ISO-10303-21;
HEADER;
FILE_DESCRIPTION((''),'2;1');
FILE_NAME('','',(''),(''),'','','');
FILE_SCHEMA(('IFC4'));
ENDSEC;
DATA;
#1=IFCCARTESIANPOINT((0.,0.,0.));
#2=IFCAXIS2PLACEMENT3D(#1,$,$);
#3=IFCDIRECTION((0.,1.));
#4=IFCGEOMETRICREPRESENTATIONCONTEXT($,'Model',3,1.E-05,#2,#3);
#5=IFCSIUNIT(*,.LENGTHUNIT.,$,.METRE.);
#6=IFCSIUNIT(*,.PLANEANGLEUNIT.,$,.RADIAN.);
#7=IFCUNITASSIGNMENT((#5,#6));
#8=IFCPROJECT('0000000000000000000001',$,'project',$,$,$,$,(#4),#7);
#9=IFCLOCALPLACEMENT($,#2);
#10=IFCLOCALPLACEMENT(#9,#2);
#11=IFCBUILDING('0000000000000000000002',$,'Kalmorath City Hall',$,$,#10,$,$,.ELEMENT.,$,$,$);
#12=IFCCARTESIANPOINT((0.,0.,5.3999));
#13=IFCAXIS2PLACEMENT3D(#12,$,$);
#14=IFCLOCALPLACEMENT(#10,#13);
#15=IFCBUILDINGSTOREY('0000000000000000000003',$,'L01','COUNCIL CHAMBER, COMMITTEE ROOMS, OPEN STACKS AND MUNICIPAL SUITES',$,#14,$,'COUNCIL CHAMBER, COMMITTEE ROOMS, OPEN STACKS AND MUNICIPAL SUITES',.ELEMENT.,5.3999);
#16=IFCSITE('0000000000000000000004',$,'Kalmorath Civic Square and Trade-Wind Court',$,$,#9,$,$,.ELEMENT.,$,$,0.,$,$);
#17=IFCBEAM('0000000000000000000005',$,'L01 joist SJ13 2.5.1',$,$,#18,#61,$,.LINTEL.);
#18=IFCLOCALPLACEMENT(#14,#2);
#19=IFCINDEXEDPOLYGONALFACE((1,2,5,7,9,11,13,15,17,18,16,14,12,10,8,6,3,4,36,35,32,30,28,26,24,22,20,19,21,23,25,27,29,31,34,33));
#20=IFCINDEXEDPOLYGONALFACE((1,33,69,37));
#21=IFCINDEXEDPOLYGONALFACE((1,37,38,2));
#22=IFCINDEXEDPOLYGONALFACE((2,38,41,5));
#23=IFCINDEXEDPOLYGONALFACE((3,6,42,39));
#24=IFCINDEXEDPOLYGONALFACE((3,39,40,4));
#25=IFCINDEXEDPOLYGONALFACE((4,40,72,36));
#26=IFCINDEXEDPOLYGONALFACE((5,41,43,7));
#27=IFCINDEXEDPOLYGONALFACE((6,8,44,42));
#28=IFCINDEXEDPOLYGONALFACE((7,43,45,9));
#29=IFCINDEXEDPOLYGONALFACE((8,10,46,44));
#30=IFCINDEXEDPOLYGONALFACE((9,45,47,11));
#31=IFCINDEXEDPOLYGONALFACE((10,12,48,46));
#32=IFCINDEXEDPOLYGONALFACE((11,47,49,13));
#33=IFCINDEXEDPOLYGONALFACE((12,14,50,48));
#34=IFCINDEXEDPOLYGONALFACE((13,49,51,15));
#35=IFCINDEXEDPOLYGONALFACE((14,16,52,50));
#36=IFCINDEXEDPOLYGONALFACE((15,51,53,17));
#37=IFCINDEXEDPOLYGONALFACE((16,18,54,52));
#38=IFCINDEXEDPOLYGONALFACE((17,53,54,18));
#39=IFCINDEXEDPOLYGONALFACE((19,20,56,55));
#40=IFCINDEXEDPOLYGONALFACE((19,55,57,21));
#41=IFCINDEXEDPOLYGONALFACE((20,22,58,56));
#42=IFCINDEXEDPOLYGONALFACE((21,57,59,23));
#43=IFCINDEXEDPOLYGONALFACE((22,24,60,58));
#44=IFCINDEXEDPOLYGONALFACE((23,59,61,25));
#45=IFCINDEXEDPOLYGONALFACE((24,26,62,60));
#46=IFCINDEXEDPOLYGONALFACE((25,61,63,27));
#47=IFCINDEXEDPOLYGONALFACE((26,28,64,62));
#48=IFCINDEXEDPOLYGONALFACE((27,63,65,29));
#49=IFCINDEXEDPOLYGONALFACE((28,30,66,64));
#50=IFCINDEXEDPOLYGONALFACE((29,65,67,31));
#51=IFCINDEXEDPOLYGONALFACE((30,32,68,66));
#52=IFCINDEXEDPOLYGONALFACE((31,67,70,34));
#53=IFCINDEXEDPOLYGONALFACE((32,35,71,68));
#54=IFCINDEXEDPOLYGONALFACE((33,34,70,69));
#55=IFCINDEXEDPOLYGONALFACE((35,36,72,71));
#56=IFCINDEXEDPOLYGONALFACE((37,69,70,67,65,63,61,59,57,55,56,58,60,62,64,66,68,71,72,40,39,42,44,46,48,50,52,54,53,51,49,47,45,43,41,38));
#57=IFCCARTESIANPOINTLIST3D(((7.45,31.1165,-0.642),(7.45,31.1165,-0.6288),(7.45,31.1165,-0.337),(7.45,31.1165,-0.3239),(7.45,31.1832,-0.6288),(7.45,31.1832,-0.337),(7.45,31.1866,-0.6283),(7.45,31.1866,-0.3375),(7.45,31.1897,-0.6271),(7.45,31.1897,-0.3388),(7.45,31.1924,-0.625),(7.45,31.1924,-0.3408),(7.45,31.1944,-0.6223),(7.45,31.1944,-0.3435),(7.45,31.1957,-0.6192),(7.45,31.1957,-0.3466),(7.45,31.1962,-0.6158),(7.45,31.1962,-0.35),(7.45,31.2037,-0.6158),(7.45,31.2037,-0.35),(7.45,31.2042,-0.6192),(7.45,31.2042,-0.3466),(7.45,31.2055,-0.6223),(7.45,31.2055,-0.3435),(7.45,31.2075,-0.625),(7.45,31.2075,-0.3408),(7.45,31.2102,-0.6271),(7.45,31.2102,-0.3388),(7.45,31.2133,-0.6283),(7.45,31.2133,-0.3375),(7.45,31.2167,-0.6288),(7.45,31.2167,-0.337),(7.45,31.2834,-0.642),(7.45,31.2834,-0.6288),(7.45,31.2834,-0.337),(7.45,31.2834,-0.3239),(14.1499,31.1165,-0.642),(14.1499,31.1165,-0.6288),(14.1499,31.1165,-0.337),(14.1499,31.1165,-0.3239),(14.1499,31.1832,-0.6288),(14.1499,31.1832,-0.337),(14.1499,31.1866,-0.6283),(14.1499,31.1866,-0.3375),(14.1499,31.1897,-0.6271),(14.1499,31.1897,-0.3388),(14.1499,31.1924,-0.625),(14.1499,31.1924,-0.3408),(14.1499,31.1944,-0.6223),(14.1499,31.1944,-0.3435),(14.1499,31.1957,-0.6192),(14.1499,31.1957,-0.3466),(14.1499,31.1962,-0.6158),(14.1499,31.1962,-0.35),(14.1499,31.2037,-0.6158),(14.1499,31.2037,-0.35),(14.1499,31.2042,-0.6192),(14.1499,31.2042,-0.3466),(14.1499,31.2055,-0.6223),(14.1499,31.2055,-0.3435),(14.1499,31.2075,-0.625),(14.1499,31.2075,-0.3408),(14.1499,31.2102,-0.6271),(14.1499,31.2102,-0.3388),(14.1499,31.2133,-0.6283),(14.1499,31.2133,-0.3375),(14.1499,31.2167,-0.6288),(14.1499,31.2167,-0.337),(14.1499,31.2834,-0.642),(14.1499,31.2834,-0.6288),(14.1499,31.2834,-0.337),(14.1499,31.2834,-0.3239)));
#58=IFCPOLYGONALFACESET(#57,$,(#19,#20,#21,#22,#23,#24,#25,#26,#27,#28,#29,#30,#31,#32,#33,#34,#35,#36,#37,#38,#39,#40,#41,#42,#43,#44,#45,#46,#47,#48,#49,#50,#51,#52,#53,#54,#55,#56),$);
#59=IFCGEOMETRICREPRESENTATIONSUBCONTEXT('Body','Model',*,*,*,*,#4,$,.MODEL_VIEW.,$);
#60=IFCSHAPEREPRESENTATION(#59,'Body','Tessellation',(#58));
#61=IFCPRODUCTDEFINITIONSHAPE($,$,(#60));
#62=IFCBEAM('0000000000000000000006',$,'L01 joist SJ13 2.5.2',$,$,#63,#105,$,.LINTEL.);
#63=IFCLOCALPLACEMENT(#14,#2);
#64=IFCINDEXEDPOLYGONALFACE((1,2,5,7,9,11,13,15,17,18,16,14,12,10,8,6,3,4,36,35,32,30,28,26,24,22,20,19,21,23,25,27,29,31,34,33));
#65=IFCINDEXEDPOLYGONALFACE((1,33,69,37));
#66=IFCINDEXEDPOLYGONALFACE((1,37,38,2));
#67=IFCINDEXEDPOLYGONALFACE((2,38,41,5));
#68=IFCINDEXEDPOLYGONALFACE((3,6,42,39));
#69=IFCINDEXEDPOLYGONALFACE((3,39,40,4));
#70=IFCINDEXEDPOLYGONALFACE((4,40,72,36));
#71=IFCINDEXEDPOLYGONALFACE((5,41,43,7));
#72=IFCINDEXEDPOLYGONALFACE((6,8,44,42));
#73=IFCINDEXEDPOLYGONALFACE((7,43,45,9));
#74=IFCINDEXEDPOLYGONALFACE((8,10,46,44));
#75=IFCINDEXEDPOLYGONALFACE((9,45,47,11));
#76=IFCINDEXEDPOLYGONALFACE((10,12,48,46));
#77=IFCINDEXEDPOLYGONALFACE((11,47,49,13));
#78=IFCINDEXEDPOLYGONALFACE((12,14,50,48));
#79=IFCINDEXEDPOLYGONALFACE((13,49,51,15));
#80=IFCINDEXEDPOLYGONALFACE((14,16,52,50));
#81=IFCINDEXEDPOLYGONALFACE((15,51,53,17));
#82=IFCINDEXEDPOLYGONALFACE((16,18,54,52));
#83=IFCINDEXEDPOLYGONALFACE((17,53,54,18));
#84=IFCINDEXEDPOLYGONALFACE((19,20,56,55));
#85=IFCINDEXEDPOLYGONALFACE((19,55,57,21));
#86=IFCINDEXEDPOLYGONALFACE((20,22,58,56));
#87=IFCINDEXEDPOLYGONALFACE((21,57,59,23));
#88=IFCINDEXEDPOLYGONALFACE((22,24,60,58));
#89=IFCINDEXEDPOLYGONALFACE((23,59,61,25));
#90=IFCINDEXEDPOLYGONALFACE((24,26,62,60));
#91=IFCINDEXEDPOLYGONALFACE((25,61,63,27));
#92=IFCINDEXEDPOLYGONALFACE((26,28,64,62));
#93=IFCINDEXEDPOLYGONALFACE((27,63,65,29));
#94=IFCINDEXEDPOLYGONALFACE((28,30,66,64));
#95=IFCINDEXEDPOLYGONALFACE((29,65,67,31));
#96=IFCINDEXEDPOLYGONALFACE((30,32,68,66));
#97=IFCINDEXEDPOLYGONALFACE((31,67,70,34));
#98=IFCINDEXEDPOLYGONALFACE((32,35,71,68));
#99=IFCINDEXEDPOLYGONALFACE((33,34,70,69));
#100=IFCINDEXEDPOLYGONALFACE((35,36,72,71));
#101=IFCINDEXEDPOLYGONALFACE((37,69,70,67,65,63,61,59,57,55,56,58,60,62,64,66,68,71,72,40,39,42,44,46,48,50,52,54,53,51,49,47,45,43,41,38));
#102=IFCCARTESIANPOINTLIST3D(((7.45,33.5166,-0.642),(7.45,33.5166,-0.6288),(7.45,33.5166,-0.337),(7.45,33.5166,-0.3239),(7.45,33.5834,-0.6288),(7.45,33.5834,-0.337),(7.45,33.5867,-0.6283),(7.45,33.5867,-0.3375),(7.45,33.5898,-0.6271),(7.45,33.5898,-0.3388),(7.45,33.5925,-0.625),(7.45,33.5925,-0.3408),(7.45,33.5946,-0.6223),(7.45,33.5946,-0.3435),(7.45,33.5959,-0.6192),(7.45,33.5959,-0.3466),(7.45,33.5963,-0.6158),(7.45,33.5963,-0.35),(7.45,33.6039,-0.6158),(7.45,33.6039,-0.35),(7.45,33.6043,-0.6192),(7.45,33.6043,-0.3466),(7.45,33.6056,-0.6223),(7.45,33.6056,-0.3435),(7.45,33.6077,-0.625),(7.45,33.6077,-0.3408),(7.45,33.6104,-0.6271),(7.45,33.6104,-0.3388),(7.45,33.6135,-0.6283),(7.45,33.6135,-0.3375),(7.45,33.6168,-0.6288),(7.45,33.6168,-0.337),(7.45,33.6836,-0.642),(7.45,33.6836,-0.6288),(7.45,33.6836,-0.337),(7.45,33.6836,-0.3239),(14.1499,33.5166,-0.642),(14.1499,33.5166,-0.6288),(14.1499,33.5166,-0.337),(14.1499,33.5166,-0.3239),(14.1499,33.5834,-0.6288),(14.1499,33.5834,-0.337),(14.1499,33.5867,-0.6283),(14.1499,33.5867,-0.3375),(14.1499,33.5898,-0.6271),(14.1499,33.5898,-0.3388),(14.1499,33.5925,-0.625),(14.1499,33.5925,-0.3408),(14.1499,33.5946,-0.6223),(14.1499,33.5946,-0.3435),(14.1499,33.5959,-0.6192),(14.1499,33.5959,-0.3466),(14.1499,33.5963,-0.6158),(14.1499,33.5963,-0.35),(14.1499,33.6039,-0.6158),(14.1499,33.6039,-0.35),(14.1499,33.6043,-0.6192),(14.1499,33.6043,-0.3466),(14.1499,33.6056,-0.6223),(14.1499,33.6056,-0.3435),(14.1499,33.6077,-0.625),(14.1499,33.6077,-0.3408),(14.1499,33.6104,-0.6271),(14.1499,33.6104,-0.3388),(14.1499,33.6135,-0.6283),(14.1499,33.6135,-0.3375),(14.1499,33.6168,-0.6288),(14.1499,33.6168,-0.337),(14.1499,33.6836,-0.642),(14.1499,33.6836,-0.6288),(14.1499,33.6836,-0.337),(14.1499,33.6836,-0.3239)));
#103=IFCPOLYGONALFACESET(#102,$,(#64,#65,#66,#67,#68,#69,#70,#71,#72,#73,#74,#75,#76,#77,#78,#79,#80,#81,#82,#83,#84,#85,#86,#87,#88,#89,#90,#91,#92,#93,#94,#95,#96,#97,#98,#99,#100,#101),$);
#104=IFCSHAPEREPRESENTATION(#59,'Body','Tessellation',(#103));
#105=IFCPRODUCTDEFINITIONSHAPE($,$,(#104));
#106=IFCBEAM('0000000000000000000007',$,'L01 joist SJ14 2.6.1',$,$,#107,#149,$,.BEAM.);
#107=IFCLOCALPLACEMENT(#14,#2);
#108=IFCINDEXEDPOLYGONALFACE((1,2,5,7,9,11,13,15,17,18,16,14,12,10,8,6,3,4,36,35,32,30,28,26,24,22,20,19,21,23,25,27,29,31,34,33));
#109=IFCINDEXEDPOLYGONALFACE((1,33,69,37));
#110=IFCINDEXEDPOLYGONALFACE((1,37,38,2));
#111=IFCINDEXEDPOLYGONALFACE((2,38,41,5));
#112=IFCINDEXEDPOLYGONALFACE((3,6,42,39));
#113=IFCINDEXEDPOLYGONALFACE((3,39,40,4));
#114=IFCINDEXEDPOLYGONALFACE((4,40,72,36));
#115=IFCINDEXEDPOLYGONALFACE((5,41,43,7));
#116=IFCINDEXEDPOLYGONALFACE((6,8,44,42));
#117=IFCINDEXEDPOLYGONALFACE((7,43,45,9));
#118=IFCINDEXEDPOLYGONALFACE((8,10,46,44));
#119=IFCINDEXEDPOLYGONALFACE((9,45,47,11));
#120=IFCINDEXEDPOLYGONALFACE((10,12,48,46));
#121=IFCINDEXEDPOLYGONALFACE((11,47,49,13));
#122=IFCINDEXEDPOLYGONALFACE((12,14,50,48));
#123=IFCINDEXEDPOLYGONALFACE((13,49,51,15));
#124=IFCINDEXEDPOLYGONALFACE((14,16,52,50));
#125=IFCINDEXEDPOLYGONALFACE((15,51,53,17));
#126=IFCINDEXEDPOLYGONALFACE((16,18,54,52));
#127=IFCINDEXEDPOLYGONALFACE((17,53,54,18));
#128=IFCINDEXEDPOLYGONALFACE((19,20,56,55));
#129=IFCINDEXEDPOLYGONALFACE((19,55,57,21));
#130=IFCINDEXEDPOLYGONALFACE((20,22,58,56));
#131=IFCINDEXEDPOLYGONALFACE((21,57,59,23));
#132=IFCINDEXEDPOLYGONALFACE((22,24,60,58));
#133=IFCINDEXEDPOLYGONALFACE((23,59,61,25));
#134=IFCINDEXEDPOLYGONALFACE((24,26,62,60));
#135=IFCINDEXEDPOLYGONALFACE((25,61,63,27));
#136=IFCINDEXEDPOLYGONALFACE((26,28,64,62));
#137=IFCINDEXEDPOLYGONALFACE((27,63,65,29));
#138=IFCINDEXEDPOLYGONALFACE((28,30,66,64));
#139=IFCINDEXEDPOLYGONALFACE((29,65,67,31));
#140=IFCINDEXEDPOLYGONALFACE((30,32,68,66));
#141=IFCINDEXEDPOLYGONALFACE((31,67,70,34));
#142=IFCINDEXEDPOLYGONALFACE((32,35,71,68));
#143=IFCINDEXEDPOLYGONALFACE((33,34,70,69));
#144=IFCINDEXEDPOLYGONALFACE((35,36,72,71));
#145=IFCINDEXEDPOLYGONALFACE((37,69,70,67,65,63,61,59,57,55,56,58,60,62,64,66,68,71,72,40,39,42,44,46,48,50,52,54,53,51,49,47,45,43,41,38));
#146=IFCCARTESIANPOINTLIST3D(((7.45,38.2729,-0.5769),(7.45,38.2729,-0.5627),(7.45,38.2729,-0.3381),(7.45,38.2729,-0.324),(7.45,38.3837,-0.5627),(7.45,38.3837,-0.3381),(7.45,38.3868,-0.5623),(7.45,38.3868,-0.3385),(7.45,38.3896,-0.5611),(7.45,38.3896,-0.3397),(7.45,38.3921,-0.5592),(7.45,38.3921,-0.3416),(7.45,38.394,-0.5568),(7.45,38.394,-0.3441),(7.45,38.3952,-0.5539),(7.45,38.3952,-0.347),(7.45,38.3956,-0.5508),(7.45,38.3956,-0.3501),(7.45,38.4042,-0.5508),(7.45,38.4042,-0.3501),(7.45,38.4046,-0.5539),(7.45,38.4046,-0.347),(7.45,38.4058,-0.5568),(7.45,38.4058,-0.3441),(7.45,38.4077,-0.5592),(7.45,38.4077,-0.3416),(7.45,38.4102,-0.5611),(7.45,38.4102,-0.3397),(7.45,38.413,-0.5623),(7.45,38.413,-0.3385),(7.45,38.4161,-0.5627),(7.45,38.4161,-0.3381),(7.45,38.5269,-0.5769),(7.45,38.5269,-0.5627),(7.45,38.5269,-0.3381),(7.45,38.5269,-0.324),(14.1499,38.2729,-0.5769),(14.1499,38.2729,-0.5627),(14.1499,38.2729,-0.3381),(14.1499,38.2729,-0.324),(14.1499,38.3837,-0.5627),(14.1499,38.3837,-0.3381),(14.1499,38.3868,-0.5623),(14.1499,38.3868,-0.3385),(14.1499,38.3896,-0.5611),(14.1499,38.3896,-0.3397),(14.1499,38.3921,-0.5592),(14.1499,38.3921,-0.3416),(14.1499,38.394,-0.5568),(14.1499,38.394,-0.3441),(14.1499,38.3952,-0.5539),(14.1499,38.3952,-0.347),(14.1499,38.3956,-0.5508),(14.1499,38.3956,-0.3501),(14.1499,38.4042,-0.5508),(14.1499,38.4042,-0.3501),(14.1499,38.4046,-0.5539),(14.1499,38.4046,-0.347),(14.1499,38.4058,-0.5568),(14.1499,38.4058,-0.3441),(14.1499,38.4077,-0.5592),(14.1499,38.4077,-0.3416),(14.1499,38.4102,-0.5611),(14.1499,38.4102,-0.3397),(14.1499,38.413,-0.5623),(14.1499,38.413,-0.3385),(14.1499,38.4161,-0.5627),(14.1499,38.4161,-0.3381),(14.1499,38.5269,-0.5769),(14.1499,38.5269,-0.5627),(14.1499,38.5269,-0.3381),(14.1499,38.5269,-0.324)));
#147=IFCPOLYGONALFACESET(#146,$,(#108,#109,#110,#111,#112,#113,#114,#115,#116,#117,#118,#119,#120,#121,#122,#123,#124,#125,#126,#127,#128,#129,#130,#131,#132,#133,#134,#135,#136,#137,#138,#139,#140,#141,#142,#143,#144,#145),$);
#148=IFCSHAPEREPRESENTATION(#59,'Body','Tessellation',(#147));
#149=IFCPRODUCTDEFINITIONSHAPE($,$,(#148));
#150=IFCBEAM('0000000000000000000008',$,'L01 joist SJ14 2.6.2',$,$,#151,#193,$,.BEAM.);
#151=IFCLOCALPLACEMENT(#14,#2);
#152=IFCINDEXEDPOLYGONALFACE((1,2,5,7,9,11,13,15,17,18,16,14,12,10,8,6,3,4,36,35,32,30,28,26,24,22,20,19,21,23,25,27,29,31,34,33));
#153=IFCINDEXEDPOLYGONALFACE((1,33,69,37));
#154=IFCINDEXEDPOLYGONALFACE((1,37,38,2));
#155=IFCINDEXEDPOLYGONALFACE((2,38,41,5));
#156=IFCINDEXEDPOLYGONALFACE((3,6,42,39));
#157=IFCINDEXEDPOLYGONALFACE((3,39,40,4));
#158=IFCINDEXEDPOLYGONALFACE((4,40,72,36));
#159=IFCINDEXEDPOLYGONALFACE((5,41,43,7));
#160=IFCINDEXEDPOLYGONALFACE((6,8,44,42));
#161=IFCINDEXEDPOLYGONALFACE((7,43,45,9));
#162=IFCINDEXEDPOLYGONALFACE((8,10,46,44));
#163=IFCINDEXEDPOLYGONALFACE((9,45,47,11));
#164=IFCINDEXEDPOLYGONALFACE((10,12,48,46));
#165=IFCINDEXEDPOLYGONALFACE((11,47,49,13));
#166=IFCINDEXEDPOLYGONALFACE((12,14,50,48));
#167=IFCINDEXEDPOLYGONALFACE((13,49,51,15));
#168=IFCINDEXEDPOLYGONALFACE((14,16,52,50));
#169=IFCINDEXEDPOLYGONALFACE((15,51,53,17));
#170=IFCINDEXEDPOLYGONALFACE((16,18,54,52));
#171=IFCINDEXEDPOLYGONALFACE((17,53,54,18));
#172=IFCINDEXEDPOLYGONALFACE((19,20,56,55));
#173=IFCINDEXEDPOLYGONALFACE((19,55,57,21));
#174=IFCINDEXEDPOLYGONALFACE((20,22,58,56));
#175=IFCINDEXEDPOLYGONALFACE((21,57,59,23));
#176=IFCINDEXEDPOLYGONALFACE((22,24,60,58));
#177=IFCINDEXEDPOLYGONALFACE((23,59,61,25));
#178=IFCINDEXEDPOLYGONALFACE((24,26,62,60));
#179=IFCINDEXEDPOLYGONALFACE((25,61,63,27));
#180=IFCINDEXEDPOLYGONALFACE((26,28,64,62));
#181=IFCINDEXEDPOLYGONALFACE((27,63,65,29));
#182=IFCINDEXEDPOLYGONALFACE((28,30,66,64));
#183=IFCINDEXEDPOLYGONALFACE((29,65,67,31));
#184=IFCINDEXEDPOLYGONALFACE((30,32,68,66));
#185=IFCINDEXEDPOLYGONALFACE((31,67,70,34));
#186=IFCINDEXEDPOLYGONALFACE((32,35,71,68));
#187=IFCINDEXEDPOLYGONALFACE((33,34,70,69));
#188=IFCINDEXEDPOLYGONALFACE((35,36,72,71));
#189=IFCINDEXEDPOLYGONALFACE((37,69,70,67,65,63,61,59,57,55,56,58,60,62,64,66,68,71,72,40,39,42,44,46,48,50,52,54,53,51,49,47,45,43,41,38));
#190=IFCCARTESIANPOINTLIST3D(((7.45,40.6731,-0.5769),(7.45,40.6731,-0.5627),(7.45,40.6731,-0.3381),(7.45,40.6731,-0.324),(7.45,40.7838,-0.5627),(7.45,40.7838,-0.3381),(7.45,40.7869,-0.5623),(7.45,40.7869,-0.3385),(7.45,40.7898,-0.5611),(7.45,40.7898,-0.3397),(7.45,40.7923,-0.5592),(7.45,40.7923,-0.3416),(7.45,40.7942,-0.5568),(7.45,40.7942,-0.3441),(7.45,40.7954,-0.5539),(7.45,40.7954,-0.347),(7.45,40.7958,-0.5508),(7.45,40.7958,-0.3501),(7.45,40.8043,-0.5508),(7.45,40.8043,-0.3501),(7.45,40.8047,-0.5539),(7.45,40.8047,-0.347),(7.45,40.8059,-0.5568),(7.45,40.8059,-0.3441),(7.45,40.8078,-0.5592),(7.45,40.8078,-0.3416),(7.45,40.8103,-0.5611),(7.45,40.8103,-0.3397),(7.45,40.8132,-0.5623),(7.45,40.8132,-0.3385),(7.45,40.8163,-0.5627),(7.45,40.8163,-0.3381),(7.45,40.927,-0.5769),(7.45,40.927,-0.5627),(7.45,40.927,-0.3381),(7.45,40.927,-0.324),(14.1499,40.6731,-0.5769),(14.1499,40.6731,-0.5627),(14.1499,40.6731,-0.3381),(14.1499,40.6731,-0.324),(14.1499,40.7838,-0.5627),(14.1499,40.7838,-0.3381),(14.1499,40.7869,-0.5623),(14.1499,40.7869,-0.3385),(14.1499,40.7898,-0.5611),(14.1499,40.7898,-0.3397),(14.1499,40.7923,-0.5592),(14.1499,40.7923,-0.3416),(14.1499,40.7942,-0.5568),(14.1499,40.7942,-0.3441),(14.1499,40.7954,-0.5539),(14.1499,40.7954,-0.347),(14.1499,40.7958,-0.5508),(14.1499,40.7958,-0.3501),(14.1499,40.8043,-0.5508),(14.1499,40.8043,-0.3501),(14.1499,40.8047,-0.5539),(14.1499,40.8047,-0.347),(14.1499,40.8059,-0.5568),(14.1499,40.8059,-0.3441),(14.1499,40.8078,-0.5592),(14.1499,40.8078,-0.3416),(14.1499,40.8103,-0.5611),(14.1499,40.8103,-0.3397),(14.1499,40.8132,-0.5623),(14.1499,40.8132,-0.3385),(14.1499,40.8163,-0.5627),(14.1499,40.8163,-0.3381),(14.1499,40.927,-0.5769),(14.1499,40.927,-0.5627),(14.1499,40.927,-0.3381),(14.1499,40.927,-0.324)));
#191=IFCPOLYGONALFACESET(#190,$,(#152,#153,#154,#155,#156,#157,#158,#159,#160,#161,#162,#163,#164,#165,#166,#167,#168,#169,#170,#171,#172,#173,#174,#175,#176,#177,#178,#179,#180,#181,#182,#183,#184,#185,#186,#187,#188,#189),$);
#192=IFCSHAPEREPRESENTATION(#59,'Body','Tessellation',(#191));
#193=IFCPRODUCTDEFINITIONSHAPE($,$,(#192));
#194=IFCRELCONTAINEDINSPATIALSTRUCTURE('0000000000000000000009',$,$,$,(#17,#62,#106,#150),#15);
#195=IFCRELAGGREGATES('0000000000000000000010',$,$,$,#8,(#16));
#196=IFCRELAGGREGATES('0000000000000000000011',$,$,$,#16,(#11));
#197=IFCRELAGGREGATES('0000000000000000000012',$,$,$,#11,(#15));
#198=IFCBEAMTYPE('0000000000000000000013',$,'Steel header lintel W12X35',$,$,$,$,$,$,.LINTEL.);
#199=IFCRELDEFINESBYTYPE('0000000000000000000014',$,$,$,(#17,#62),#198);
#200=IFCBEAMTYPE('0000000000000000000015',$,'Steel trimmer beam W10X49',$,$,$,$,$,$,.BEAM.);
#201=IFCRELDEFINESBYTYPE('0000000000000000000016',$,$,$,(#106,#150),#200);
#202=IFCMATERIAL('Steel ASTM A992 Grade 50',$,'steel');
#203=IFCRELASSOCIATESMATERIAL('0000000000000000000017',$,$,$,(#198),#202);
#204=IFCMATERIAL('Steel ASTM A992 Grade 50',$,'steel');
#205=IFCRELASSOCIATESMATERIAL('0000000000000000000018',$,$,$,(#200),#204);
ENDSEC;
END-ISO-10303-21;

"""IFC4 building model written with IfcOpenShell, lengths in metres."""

from ifc_helpers import new_model, si_unit, direction, frame, origin, origin_2d, place, context, subcontext, project, spatial, i_section, extrude, material, material_profile, profile_set, type_object, element, save


model = new_model("IFC4")

# Units and contexts
model_context = context("Model", 3, precision=1e-05, world=origin(), true_north=direction((0.0, 1.0)))
body_context = subcontext(model_context, "Body", "Model", "MODEL_VIEW")
ifc_project = project(units=[si_unit("LENGTHUNIT", "METRE"), si_unit("PLANEANGLEUNIT", "RADIAN")], contexts=[model_context])

# Site, building, storey
site_placement = place(None, origin())
site = spatial("IfcSite", under=ifc_project, at=site_placement, Name="Kalmorath Civic Square and Trade-Wind Court", CompositionType="ELEMENT", RefElevation=0.0)
building_placement = place(site_placement, origin())
building = spatial("IfcBuilding", under=site, at=building_placement, Name="Kalmorath City Hall", CompositionType="ELEMENT")
storey_placement = place(building_placement, frame((0.0, 0.0, 5.3999)))
storey = spatial("IfcBuildingStorey", under=building, at=storey_placement, Name="L01", Description="COUNCIL CHAMBER, COMMITTEE ROOMS, OPEN STACKS AND MUNICIPAL SUITES", LongName="COUNCIL CHAMBER, COMMITTEE ROOMS, OPEN STACKS AND MUNICIPAL SUITES", CompositionType="ELEMENT", Elevation=5.3999)

# Beams
ifc_material_1 = material(Name="Steel ASTM A992 Grade 50", Category="steel")
ifc_material_profile_1 = material_profile(ifc_material_1, i_section(OverallWidth=0.167, OverallDepth=0.3181, WebThickness=0.0076, FlangeThickness=0.0132, FilletRadius=0.0129, at=origin_2d()), Name="W12X35")
ifc_profile_set_1 = profile_set([ifc_material_profile_1], Name="Steel ASTM A992 Grade 50")
beam_type_1 = type_object("IfcBeamType", Name="Steel header lintel W12X35", PredefinedType="LINTEL", material=ifc_profile_set_1)
for number, where, z_axis, x_axis, name in (
    (1, (7.45, 31.2, -0.4829), (1.0, 0.0, 0.0), (0.0, 1.0, 0.0), "L01 joist SJ13 2.5.1"),
    (2, (7.45, 33.6001, -0.4829), (1.0, 0.0, 0.0), (0.0, 1.0, 0.0), "L01 joist SJ13 2.5.2"),
):
    element("IfcBeam", number, at=place(storey_placement, frame(where, z_axis=z_axis, x_axis=x_axis)), inside=storey, type_object=beam_type_1, Name=name, PredefinedType="LINTEL", context=body_context, shape_type="SweptSolid", body=[
        extrude(i_section(OverallWidth=0.167, OverallDepth=0.3181, WebThickness=0.0076, FlangeThickness=0.0132, FilletRadius=0.0129, at=origin_2d()), origin(), (0.0, 0.0, 1.0), 6.7),
    ])
ifc_material_2 = material(Name="Steel ASTM A992 Grade 50", Category="steel")
ifc_material_profile_2 = material_profile(ifc_material_2, i_section(OverallWidth=0.2539, OverallDepth=0.2529, WebThickness=0.0085, FlangeThickness=0.0142, FilletRadius=0.012, at=origin_2d()), Name="W10X49")
ifc_profile_set_2 = profile_set([ifc_material_profile_2], Name="Steel ASTM A992 Grade 50")
beam_type_2 = type_object("IfcBeamType", Name="Steel trimmer beam W10X49", PredefinedType="BEAM", material=ifc_profile_set_2)
for number, where, z_axis, x_axis, name in (
    (3, (7.45, 38.3999, -0.4504), (1.0, 0.0, 0.0), (0.0, 1.0, 0.0), "L01 joist SJ14 2.6.1"),
    (4, (7.45, 40.8, -0.4504), (1.0, 0.0, 0.0), (0.0, 1.0, 0.0), "L01 joist SJ14 2.6.2"),
):
    element("IfcBeam", number, at=place(storey_placement, frame(where, z_axis=z_axis, x_axis=x_axis)), inside=storey, type_object=beam_type_2, Name=name, PredefinedType="BEAM", context=body_context, shape_type="SweptSolid", body=[
        extrude(i_section(OverallWidth=0.2539, OverallDepth=0.2529, WebThickness=0.0085, FlangeThickness=0.0142, FilletRadius=0.012, at=origin_2d()), origin(), (0.0, 0.0, 1.0), 6.7),
    ])

save(model, "model.ifc")
